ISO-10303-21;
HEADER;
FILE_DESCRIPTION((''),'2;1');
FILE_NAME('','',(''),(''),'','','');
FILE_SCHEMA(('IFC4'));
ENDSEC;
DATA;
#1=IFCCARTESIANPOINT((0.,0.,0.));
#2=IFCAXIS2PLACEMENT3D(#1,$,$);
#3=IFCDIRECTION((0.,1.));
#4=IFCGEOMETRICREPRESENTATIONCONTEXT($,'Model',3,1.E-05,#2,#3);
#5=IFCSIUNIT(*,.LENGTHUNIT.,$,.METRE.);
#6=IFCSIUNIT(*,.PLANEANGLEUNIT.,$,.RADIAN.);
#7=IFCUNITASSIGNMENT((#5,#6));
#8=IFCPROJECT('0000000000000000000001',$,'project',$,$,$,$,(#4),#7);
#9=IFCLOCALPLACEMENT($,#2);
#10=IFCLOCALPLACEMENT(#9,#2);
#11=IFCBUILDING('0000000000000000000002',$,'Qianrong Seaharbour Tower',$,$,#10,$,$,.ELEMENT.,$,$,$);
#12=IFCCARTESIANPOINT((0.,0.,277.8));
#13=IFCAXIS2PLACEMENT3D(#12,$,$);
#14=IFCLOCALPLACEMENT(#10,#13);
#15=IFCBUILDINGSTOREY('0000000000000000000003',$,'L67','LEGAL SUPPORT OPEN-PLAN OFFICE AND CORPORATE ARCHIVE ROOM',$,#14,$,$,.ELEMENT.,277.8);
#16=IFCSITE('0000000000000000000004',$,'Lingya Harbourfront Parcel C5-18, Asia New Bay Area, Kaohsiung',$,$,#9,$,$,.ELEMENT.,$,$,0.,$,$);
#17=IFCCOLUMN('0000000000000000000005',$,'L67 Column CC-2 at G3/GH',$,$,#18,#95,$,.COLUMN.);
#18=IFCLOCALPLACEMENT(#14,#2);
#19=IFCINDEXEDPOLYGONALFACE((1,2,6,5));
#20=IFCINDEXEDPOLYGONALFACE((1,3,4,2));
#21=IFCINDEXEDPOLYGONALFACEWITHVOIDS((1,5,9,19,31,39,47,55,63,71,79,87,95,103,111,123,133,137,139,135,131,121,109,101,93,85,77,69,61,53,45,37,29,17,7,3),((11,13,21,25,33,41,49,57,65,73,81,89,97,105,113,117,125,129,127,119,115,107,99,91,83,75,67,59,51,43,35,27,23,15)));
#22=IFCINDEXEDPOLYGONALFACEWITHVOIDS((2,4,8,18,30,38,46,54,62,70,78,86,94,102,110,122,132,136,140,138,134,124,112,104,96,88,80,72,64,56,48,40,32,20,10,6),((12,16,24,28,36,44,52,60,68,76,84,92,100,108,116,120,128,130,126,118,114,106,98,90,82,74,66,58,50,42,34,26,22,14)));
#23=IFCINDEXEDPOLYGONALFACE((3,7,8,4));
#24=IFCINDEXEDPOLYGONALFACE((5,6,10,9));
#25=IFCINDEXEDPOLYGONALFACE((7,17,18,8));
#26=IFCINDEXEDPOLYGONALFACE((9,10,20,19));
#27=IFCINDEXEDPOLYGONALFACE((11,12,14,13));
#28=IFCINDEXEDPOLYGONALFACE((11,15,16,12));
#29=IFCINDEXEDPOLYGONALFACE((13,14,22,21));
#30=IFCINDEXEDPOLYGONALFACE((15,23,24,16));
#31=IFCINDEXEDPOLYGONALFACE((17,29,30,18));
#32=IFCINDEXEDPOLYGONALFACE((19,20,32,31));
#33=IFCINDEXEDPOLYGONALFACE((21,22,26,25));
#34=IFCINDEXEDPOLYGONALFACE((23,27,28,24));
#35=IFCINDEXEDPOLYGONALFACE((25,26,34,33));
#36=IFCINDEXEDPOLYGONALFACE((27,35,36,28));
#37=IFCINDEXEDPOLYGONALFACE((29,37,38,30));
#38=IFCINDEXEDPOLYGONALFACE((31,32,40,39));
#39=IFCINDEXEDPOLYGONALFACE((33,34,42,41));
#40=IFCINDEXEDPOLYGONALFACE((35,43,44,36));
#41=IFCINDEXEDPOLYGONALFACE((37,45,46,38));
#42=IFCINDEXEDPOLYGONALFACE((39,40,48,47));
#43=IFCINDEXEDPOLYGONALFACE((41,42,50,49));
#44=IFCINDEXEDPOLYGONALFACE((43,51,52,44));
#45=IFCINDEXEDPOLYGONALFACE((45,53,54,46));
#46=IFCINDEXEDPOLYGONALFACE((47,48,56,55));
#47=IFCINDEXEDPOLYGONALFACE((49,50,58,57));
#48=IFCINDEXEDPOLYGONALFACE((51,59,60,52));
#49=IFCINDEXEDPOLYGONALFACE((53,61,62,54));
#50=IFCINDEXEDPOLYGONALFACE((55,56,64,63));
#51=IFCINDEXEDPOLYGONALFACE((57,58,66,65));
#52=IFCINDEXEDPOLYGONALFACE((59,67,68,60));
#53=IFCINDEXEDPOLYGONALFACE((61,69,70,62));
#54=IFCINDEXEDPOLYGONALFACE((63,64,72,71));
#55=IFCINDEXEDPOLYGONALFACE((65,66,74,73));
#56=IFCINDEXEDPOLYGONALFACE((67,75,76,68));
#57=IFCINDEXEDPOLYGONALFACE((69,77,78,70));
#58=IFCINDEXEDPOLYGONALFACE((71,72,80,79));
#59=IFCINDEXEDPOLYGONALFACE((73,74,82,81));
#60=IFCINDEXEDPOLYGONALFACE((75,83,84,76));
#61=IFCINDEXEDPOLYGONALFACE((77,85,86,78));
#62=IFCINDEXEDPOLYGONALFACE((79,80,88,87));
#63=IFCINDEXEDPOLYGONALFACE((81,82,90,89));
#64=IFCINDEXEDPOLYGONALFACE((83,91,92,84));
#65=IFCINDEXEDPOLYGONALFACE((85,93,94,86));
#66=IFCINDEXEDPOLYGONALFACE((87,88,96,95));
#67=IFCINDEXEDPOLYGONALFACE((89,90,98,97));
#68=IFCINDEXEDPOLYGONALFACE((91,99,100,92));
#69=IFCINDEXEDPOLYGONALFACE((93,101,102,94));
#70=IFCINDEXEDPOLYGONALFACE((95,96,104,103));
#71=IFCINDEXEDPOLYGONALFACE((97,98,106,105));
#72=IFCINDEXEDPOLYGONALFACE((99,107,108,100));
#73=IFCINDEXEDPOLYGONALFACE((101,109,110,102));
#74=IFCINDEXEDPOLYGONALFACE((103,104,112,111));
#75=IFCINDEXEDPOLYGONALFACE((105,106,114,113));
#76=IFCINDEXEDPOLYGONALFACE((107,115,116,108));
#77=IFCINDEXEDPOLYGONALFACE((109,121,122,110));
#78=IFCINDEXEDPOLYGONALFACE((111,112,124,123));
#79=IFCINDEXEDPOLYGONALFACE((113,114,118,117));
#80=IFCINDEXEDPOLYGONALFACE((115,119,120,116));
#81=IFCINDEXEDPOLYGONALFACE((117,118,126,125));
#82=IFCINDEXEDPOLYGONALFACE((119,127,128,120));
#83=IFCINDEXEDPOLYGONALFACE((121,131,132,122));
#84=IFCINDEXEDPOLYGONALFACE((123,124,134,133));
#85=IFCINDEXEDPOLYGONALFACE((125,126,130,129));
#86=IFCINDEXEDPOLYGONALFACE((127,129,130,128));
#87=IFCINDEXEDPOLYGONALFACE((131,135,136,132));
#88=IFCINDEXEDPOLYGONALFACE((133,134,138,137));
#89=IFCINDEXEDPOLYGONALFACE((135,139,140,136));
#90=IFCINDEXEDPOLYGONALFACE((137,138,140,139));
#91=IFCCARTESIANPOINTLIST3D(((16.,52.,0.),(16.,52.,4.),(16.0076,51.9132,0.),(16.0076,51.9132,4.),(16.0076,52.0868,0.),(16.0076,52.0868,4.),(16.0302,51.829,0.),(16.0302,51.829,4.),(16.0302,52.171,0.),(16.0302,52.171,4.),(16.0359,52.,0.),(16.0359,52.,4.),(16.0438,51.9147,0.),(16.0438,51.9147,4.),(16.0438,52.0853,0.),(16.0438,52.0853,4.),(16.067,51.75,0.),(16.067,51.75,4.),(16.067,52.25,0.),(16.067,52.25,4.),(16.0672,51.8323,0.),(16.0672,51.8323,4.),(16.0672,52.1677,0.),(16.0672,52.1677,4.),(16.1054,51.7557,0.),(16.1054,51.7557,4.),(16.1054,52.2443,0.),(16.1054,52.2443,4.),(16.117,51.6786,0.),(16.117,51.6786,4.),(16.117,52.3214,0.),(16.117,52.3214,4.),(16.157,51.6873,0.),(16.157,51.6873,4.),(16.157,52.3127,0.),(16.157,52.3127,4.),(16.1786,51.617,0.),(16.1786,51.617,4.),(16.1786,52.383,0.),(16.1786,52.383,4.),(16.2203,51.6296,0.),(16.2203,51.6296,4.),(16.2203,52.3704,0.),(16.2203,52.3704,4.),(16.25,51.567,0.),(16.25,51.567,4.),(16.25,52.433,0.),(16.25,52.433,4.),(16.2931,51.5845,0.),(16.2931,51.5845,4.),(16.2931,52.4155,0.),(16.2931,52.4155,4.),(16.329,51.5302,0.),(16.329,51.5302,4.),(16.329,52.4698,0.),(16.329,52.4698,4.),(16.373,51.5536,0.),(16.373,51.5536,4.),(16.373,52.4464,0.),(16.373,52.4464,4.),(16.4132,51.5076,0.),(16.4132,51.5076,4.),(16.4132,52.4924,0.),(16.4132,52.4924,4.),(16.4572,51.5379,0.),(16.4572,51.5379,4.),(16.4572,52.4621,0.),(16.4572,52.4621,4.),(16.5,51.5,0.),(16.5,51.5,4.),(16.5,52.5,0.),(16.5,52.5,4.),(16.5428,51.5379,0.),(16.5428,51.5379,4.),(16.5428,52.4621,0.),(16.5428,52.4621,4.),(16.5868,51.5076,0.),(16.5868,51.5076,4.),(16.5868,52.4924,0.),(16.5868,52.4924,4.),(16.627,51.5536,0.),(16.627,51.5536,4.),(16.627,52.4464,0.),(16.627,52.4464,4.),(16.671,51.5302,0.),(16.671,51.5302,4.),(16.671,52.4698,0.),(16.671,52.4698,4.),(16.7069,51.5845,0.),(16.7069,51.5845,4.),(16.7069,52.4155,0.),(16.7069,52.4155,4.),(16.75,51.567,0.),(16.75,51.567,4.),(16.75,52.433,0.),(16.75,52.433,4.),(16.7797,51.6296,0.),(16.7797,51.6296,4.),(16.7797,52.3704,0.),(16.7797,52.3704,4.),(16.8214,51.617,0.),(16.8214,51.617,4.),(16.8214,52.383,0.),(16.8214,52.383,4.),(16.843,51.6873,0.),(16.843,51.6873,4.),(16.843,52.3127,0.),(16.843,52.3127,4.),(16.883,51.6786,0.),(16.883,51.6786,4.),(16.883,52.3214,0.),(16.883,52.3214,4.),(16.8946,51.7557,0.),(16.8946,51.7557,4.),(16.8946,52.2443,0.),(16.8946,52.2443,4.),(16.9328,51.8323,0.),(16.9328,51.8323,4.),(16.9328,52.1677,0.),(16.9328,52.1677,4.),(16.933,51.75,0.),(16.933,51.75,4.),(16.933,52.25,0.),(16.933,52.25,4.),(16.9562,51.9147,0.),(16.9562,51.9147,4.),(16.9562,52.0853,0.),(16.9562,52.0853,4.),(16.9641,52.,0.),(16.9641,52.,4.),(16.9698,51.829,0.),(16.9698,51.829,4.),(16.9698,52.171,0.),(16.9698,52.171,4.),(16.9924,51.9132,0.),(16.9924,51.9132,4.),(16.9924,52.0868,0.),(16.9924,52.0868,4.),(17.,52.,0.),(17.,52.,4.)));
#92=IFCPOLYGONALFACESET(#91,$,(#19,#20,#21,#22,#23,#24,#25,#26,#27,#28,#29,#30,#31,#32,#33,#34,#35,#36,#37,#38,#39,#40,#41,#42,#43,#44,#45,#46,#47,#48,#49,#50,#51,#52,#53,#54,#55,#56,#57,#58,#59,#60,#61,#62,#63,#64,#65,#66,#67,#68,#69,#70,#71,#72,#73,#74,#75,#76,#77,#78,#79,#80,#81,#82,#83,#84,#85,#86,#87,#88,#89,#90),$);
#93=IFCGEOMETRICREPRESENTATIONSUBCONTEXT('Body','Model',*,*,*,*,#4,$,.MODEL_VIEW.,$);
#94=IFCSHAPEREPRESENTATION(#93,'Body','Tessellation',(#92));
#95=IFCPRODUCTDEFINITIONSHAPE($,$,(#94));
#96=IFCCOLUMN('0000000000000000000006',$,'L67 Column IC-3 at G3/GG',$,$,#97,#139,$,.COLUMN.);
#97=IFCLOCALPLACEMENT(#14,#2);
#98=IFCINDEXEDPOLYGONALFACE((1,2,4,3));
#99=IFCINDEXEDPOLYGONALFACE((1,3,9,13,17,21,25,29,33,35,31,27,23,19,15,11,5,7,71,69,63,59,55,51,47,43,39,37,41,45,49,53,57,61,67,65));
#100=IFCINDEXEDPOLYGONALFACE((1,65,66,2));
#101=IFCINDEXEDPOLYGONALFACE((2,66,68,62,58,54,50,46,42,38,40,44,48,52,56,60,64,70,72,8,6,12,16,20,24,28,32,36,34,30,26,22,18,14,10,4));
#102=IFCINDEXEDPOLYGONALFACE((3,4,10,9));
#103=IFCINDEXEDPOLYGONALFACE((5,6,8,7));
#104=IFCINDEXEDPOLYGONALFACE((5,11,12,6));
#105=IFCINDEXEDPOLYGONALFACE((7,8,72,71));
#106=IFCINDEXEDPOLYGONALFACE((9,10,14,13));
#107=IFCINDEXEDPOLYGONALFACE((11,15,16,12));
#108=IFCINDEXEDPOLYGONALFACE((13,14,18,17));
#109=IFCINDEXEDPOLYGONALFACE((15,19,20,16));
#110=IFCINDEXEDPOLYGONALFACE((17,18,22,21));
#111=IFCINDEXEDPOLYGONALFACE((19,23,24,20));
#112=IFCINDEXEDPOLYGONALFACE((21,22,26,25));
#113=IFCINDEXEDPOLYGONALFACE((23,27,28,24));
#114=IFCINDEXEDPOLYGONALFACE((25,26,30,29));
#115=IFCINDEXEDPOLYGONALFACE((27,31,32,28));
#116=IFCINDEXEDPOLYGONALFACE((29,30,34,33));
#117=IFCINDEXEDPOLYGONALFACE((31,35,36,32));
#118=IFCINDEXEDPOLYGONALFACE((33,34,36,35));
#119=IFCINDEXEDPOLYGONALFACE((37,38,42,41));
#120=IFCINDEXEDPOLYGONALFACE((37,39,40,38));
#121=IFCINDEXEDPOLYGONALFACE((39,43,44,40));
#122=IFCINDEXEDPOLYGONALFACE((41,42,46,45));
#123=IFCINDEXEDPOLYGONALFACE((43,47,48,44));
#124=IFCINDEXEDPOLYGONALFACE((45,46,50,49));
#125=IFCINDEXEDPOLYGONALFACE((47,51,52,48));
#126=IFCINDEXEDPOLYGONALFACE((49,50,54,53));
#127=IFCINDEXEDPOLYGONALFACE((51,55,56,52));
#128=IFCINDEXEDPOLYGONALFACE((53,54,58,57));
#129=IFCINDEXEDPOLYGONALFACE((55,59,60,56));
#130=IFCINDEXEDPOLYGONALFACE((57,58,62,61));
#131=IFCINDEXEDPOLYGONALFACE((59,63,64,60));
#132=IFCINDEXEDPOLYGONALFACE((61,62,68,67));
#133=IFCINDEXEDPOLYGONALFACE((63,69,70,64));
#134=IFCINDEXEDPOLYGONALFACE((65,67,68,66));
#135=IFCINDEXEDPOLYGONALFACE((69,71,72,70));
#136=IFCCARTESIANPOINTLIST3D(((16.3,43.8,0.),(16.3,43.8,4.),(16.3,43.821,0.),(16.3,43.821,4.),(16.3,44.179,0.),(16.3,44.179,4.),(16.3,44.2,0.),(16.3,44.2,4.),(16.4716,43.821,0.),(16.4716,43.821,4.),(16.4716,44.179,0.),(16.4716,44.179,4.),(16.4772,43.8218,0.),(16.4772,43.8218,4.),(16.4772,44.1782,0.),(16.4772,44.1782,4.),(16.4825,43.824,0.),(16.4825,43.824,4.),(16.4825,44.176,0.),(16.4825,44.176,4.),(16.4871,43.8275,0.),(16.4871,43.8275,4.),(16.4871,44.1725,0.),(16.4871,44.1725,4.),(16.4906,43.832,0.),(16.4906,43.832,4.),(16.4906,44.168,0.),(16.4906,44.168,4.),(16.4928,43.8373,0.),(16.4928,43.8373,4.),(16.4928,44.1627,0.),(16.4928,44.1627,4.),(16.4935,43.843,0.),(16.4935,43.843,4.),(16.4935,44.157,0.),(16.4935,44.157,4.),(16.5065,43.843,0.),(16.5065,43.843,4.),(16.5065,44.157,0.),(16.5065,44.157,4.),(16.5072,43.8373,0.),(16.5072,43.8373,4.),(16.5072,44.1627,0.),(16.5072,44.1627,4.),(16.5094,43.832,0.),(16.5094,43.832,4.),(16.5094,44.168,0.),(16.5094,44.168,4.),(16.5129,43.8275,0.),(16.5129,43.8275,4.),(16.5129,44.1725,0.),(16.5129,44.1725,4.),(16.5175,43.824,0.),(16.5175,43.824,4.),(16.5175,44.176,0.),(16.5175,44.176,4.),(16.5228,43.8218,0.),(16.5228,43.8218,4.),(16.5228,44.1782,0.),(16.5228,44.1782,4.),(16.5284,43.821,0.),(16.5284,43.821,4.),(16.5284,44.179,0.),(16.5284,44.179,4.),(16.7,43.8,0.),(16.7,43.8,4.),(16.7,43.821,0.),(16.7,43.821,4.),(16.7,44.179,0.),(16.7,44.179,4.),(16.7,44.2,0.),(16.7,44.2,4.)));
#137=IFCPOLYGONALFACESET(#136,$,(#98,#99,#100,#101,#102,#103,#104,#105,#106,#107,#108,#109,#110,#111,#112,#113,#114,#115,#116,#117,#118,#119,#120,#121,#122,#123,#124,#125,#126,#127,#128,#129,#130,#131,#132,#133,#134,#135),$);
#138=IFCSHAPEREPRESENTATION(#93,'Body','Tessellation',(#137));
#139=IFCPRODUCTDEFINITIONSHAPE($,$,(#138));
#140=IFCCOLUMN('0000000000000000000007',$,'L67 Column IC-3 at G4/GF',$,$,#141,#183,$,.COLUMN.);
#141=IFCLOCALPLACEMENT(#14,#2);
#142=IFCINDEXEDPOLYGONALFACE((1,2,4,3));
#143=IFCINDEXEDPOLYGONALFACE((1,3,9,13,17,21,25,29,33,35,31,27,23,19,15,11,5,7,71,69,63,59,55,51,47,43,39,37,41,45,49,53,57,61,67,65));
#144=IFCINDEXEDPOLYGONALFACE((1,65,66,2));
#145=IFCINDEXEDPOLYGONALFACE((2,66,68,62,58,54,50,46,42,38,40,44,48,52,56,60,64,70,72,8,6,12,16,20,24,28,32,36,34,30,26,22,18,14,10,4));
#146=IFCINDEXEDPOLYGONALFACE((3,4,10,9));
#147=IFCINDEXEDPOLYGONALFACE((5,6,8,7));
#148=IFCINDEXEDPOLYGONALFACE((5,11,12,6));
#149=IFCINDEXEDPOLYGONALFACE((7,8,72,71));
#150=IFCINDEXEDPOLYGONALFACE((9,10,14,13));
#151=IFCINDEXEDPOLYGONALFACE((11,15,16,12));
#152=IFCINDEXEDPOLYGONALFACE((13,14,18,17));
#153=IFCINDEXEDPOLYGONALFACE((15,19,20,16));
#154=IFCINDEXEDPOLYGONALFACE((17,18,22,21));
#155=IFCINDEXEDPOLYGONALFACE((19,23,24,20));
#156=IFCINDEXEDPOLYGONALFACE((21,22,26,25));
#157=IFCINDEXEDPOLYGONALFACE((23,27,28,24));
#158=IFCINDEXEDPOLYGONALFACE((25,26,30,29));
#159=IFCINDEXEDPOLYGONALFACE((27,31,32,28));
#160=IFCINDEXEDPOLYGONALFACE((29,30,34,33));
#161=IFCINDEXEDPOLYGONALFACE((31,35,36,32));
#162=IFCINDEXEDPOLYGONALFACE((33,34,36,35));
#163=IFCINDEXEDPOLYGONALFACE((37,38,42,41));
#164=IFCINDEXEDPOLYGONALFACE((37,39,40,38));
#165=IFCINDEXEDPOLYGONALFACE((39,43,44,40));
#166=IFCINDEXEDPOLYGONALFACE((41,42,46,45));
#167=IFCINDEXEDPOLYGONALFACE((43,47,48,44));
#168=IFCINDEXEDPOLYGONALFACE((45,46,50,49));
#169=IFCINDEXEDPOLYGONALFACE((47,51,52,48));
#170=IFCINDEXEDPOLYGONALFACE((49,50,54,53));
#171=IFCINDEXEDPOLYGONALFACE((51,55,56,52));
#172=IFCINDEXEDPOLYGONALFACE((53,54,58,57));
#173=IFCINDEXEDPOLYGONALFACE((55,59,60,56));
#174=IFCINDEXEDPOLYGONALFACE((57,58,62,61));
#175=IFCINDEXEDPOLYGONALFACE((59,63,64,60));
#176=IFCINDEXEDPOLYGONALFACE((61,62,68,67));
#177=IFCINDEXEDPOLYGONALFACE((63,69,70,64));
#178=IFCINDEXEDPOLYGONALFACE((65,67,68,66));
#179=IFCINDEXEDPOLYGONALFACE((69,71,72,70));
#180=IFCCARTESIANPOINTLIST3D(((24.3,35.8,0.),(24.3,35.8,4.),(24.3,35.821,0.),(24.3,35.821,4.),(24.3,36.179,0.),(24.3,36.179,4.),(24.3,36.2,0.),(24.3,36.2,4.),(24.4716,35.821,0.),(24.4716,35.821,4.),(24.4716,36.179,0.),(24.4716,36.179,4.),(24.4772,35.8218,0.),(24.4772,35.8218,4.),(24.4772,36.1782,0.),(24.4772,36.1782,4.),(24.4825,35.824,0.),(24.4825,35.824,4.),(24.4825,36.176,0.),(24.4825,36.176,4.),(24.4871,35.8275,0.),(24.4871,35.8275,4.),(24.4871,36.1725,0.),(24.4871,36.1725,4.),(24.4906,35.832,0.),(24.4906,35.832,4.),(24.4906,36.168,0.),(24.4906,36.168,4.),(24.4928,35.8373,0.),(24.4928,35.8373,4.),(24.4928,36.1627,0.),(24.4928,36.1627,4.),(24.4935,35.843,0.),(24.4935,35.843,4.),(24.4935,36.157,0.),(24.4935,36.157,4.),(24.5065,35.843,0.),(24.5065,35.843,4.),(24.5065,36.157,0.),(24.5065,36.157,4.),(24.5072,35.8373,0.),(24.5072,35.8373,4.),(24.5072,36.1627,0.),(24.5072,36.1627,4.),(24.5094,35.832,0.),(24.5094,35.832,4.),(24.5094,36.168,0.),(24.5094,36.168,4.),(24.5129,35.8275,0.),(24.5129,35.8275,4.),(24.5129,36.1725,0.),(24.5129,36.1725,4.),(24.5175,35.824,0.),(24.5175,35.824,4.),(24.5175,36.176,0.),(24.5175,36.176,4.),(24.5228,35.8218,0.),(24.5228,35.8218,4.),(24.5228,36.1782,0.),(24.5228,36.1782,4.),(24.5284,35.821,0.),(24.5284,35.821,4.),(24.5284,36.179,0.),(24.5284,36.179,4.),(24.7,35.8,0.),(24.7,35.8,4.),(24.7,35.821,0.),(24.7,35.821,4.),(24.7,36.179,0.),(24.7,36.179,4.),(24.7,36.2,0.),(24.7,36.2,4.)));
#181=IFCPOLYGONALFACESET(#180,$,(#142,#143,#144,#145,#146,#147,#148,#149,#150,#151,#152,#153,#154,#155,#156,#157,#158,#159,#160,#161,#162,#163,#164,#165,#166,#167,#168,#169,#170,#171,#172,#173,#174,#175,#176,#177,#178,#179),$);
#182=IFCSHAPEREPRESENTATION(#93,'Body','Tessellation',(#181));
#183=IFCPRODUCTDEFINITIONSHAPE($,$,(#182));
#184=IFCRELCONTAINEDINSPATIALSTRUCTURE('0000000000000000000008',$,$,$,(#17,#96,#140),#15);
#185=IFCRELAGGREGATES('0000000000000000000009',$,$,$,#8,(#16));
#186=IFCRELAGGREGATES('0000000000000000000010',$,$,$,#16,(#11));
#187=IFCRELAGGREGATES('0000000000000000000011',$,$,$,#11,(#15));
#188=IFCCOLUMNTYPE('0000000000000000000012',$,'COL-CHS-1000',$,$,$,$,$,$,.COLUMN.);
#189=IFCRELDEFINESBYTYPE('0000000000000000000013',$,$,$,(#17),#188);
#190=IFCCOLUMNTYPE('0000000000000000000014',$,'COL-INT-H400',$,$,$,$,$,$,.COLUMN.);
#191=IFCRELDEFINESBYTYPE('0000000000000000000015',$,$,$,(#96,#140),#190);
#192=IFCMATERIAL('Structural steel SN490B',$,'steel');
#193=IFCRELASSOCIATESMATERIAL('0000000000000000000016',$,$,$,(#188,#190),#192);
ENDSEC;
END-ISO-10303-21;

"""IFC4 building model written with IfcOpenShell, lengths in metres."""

from ifc_helpers import new_model, si_unit, direction, frame, origin, origin_2d, place, context, subcontext, project, spatial, hollow_circle, i_section, extrude, material, material_profile, profile_set, type_object, element, save


model = new_model("IFC4")

# Units and contexts
model_context = context("Model", 3, precision=1e-05, world=origin(), true_north=direction((0.0, 1.0)))
body_context = subcontext(model_context, "Body", "Model", "MODEL_VIEW")
ifc_project = project(units=[si_unit("LENGTHUNIT", "METRE"), si_unit("PLANEANGLEUNIT", "RADIAN")], contexts=[model_context])

# Site, building, storey
site_placement = place(None, origin())
site = spatial("IfcSite", under=ifc_project, at=site_placement, Name="Lingya Harbourfront Parcel C5-18, Asia New Bay Area, Kaohsiung", CompositionType="ELEMENT", RefElevation=0.0)
building_placement = place(site_placement, origin())
building = spatial("IfcBuilding", under=site, at=building_placement, Name="Qianrong Seaharbour Tower", CompositionType="ELEMENT")
storey_placement = place(building_placement, frame((0.0, 0.0, 277.8)))
storey = spatial("IfcBuildingStorey", under=building, at=storey_placement, Name="L67", Description="LEGAL SUPPORT OPEN-PLAN OFFICE AND CORPORATE ARCHIVE ROOM", CompositionType="ELEMENT", Elevation=277.8)

# Columns
ifc_material_1 = material(Name="Structural steel SN490B", Category="steel")
ifc_material_profile_1 = material_profile(ifc_material_1, hollow_circle(Radius=0.5, WallThickness=0.0359, at=origin_2d()), Name="CHS1000x36")
ifc_profile_set_1 = profile_set([ifc_material_profile_1], Name="Structural steel SN490B")
column_type_1 = type_object("IfcColumnType", Name="COL-CHS-1000", PredefinedType="COLUMN", material=ifc_profile_set_1)
column_placement = place(storey_placement, frame((16.5, 52.0, 0.0), z_axis=(0.0, 0.0, 1.0), x_axis=(1.0, 0.0, 0.0)))
element("IfcColumn", 1, at=column_placement, inside=storey, type_object=column_type_1, Name="L67 Column CC-2 at G3/GH", PredefinedType="COLUMN", context=body_context, shape_type="SweptSolid", body=[
    extrude(hollow_circle(Radius=0.5, WallThickness=0.0359, at=origin_2d()), origin(), (0.0, 0.0, 1.0), 4.0),
])
ifc_material_profile_2 = material_profile(ifc_material_1, i_section(OverallWidth=0.3999, OverallDepth=0.3999, WebThickness=0.0129, FlangeThickness=0.021, FilletRadius=0.022, at=origin_2d()), Name="H400x400x13x21")
ifc_profile_set_2 = profile_set([ifc_material_profile_2], Name="Structural steel SN490B")
column_type_2 = type_object("IfcColumnType", Name="COL-INT-H400", PredefinedType="COLUMN", material=ifc_profile_set_2)
for number, where, z_axis, x_axis, name in (
    (2, (16.5, 44.0, 0.0), (0.0, 0.0, 1.0), (1.0, 0.0, 0.0), "L67 Column IC-3 at G3/GG"),
    (3, (24.5, 36.0, 0.0), (0.0, 0.0, 1.0), (1.0, 0.0, 0.0), "L67 Column IC-3 at G4/GF"),
):
    element("IfcColumn", number, at=place(storey_placement, frame(where, z_axis=z_axis, x_axis=x_axis)), inside=storey, type_object=column_type_2, Name=name, PredefinedType="COLUMN", context=body_context, shape_type="SweptSolid", body=[
        extrude(i_section(OverallWidth=0.3999, OverallDepth=0.3999, WebThickness=0.0129, FlangeThickness=0.021, FilletRadius=0.022, at=origin_2d()), origin(), (0.0, 0.0, 1.0), 4.0),
    ])

save(model, "model.ifc")
